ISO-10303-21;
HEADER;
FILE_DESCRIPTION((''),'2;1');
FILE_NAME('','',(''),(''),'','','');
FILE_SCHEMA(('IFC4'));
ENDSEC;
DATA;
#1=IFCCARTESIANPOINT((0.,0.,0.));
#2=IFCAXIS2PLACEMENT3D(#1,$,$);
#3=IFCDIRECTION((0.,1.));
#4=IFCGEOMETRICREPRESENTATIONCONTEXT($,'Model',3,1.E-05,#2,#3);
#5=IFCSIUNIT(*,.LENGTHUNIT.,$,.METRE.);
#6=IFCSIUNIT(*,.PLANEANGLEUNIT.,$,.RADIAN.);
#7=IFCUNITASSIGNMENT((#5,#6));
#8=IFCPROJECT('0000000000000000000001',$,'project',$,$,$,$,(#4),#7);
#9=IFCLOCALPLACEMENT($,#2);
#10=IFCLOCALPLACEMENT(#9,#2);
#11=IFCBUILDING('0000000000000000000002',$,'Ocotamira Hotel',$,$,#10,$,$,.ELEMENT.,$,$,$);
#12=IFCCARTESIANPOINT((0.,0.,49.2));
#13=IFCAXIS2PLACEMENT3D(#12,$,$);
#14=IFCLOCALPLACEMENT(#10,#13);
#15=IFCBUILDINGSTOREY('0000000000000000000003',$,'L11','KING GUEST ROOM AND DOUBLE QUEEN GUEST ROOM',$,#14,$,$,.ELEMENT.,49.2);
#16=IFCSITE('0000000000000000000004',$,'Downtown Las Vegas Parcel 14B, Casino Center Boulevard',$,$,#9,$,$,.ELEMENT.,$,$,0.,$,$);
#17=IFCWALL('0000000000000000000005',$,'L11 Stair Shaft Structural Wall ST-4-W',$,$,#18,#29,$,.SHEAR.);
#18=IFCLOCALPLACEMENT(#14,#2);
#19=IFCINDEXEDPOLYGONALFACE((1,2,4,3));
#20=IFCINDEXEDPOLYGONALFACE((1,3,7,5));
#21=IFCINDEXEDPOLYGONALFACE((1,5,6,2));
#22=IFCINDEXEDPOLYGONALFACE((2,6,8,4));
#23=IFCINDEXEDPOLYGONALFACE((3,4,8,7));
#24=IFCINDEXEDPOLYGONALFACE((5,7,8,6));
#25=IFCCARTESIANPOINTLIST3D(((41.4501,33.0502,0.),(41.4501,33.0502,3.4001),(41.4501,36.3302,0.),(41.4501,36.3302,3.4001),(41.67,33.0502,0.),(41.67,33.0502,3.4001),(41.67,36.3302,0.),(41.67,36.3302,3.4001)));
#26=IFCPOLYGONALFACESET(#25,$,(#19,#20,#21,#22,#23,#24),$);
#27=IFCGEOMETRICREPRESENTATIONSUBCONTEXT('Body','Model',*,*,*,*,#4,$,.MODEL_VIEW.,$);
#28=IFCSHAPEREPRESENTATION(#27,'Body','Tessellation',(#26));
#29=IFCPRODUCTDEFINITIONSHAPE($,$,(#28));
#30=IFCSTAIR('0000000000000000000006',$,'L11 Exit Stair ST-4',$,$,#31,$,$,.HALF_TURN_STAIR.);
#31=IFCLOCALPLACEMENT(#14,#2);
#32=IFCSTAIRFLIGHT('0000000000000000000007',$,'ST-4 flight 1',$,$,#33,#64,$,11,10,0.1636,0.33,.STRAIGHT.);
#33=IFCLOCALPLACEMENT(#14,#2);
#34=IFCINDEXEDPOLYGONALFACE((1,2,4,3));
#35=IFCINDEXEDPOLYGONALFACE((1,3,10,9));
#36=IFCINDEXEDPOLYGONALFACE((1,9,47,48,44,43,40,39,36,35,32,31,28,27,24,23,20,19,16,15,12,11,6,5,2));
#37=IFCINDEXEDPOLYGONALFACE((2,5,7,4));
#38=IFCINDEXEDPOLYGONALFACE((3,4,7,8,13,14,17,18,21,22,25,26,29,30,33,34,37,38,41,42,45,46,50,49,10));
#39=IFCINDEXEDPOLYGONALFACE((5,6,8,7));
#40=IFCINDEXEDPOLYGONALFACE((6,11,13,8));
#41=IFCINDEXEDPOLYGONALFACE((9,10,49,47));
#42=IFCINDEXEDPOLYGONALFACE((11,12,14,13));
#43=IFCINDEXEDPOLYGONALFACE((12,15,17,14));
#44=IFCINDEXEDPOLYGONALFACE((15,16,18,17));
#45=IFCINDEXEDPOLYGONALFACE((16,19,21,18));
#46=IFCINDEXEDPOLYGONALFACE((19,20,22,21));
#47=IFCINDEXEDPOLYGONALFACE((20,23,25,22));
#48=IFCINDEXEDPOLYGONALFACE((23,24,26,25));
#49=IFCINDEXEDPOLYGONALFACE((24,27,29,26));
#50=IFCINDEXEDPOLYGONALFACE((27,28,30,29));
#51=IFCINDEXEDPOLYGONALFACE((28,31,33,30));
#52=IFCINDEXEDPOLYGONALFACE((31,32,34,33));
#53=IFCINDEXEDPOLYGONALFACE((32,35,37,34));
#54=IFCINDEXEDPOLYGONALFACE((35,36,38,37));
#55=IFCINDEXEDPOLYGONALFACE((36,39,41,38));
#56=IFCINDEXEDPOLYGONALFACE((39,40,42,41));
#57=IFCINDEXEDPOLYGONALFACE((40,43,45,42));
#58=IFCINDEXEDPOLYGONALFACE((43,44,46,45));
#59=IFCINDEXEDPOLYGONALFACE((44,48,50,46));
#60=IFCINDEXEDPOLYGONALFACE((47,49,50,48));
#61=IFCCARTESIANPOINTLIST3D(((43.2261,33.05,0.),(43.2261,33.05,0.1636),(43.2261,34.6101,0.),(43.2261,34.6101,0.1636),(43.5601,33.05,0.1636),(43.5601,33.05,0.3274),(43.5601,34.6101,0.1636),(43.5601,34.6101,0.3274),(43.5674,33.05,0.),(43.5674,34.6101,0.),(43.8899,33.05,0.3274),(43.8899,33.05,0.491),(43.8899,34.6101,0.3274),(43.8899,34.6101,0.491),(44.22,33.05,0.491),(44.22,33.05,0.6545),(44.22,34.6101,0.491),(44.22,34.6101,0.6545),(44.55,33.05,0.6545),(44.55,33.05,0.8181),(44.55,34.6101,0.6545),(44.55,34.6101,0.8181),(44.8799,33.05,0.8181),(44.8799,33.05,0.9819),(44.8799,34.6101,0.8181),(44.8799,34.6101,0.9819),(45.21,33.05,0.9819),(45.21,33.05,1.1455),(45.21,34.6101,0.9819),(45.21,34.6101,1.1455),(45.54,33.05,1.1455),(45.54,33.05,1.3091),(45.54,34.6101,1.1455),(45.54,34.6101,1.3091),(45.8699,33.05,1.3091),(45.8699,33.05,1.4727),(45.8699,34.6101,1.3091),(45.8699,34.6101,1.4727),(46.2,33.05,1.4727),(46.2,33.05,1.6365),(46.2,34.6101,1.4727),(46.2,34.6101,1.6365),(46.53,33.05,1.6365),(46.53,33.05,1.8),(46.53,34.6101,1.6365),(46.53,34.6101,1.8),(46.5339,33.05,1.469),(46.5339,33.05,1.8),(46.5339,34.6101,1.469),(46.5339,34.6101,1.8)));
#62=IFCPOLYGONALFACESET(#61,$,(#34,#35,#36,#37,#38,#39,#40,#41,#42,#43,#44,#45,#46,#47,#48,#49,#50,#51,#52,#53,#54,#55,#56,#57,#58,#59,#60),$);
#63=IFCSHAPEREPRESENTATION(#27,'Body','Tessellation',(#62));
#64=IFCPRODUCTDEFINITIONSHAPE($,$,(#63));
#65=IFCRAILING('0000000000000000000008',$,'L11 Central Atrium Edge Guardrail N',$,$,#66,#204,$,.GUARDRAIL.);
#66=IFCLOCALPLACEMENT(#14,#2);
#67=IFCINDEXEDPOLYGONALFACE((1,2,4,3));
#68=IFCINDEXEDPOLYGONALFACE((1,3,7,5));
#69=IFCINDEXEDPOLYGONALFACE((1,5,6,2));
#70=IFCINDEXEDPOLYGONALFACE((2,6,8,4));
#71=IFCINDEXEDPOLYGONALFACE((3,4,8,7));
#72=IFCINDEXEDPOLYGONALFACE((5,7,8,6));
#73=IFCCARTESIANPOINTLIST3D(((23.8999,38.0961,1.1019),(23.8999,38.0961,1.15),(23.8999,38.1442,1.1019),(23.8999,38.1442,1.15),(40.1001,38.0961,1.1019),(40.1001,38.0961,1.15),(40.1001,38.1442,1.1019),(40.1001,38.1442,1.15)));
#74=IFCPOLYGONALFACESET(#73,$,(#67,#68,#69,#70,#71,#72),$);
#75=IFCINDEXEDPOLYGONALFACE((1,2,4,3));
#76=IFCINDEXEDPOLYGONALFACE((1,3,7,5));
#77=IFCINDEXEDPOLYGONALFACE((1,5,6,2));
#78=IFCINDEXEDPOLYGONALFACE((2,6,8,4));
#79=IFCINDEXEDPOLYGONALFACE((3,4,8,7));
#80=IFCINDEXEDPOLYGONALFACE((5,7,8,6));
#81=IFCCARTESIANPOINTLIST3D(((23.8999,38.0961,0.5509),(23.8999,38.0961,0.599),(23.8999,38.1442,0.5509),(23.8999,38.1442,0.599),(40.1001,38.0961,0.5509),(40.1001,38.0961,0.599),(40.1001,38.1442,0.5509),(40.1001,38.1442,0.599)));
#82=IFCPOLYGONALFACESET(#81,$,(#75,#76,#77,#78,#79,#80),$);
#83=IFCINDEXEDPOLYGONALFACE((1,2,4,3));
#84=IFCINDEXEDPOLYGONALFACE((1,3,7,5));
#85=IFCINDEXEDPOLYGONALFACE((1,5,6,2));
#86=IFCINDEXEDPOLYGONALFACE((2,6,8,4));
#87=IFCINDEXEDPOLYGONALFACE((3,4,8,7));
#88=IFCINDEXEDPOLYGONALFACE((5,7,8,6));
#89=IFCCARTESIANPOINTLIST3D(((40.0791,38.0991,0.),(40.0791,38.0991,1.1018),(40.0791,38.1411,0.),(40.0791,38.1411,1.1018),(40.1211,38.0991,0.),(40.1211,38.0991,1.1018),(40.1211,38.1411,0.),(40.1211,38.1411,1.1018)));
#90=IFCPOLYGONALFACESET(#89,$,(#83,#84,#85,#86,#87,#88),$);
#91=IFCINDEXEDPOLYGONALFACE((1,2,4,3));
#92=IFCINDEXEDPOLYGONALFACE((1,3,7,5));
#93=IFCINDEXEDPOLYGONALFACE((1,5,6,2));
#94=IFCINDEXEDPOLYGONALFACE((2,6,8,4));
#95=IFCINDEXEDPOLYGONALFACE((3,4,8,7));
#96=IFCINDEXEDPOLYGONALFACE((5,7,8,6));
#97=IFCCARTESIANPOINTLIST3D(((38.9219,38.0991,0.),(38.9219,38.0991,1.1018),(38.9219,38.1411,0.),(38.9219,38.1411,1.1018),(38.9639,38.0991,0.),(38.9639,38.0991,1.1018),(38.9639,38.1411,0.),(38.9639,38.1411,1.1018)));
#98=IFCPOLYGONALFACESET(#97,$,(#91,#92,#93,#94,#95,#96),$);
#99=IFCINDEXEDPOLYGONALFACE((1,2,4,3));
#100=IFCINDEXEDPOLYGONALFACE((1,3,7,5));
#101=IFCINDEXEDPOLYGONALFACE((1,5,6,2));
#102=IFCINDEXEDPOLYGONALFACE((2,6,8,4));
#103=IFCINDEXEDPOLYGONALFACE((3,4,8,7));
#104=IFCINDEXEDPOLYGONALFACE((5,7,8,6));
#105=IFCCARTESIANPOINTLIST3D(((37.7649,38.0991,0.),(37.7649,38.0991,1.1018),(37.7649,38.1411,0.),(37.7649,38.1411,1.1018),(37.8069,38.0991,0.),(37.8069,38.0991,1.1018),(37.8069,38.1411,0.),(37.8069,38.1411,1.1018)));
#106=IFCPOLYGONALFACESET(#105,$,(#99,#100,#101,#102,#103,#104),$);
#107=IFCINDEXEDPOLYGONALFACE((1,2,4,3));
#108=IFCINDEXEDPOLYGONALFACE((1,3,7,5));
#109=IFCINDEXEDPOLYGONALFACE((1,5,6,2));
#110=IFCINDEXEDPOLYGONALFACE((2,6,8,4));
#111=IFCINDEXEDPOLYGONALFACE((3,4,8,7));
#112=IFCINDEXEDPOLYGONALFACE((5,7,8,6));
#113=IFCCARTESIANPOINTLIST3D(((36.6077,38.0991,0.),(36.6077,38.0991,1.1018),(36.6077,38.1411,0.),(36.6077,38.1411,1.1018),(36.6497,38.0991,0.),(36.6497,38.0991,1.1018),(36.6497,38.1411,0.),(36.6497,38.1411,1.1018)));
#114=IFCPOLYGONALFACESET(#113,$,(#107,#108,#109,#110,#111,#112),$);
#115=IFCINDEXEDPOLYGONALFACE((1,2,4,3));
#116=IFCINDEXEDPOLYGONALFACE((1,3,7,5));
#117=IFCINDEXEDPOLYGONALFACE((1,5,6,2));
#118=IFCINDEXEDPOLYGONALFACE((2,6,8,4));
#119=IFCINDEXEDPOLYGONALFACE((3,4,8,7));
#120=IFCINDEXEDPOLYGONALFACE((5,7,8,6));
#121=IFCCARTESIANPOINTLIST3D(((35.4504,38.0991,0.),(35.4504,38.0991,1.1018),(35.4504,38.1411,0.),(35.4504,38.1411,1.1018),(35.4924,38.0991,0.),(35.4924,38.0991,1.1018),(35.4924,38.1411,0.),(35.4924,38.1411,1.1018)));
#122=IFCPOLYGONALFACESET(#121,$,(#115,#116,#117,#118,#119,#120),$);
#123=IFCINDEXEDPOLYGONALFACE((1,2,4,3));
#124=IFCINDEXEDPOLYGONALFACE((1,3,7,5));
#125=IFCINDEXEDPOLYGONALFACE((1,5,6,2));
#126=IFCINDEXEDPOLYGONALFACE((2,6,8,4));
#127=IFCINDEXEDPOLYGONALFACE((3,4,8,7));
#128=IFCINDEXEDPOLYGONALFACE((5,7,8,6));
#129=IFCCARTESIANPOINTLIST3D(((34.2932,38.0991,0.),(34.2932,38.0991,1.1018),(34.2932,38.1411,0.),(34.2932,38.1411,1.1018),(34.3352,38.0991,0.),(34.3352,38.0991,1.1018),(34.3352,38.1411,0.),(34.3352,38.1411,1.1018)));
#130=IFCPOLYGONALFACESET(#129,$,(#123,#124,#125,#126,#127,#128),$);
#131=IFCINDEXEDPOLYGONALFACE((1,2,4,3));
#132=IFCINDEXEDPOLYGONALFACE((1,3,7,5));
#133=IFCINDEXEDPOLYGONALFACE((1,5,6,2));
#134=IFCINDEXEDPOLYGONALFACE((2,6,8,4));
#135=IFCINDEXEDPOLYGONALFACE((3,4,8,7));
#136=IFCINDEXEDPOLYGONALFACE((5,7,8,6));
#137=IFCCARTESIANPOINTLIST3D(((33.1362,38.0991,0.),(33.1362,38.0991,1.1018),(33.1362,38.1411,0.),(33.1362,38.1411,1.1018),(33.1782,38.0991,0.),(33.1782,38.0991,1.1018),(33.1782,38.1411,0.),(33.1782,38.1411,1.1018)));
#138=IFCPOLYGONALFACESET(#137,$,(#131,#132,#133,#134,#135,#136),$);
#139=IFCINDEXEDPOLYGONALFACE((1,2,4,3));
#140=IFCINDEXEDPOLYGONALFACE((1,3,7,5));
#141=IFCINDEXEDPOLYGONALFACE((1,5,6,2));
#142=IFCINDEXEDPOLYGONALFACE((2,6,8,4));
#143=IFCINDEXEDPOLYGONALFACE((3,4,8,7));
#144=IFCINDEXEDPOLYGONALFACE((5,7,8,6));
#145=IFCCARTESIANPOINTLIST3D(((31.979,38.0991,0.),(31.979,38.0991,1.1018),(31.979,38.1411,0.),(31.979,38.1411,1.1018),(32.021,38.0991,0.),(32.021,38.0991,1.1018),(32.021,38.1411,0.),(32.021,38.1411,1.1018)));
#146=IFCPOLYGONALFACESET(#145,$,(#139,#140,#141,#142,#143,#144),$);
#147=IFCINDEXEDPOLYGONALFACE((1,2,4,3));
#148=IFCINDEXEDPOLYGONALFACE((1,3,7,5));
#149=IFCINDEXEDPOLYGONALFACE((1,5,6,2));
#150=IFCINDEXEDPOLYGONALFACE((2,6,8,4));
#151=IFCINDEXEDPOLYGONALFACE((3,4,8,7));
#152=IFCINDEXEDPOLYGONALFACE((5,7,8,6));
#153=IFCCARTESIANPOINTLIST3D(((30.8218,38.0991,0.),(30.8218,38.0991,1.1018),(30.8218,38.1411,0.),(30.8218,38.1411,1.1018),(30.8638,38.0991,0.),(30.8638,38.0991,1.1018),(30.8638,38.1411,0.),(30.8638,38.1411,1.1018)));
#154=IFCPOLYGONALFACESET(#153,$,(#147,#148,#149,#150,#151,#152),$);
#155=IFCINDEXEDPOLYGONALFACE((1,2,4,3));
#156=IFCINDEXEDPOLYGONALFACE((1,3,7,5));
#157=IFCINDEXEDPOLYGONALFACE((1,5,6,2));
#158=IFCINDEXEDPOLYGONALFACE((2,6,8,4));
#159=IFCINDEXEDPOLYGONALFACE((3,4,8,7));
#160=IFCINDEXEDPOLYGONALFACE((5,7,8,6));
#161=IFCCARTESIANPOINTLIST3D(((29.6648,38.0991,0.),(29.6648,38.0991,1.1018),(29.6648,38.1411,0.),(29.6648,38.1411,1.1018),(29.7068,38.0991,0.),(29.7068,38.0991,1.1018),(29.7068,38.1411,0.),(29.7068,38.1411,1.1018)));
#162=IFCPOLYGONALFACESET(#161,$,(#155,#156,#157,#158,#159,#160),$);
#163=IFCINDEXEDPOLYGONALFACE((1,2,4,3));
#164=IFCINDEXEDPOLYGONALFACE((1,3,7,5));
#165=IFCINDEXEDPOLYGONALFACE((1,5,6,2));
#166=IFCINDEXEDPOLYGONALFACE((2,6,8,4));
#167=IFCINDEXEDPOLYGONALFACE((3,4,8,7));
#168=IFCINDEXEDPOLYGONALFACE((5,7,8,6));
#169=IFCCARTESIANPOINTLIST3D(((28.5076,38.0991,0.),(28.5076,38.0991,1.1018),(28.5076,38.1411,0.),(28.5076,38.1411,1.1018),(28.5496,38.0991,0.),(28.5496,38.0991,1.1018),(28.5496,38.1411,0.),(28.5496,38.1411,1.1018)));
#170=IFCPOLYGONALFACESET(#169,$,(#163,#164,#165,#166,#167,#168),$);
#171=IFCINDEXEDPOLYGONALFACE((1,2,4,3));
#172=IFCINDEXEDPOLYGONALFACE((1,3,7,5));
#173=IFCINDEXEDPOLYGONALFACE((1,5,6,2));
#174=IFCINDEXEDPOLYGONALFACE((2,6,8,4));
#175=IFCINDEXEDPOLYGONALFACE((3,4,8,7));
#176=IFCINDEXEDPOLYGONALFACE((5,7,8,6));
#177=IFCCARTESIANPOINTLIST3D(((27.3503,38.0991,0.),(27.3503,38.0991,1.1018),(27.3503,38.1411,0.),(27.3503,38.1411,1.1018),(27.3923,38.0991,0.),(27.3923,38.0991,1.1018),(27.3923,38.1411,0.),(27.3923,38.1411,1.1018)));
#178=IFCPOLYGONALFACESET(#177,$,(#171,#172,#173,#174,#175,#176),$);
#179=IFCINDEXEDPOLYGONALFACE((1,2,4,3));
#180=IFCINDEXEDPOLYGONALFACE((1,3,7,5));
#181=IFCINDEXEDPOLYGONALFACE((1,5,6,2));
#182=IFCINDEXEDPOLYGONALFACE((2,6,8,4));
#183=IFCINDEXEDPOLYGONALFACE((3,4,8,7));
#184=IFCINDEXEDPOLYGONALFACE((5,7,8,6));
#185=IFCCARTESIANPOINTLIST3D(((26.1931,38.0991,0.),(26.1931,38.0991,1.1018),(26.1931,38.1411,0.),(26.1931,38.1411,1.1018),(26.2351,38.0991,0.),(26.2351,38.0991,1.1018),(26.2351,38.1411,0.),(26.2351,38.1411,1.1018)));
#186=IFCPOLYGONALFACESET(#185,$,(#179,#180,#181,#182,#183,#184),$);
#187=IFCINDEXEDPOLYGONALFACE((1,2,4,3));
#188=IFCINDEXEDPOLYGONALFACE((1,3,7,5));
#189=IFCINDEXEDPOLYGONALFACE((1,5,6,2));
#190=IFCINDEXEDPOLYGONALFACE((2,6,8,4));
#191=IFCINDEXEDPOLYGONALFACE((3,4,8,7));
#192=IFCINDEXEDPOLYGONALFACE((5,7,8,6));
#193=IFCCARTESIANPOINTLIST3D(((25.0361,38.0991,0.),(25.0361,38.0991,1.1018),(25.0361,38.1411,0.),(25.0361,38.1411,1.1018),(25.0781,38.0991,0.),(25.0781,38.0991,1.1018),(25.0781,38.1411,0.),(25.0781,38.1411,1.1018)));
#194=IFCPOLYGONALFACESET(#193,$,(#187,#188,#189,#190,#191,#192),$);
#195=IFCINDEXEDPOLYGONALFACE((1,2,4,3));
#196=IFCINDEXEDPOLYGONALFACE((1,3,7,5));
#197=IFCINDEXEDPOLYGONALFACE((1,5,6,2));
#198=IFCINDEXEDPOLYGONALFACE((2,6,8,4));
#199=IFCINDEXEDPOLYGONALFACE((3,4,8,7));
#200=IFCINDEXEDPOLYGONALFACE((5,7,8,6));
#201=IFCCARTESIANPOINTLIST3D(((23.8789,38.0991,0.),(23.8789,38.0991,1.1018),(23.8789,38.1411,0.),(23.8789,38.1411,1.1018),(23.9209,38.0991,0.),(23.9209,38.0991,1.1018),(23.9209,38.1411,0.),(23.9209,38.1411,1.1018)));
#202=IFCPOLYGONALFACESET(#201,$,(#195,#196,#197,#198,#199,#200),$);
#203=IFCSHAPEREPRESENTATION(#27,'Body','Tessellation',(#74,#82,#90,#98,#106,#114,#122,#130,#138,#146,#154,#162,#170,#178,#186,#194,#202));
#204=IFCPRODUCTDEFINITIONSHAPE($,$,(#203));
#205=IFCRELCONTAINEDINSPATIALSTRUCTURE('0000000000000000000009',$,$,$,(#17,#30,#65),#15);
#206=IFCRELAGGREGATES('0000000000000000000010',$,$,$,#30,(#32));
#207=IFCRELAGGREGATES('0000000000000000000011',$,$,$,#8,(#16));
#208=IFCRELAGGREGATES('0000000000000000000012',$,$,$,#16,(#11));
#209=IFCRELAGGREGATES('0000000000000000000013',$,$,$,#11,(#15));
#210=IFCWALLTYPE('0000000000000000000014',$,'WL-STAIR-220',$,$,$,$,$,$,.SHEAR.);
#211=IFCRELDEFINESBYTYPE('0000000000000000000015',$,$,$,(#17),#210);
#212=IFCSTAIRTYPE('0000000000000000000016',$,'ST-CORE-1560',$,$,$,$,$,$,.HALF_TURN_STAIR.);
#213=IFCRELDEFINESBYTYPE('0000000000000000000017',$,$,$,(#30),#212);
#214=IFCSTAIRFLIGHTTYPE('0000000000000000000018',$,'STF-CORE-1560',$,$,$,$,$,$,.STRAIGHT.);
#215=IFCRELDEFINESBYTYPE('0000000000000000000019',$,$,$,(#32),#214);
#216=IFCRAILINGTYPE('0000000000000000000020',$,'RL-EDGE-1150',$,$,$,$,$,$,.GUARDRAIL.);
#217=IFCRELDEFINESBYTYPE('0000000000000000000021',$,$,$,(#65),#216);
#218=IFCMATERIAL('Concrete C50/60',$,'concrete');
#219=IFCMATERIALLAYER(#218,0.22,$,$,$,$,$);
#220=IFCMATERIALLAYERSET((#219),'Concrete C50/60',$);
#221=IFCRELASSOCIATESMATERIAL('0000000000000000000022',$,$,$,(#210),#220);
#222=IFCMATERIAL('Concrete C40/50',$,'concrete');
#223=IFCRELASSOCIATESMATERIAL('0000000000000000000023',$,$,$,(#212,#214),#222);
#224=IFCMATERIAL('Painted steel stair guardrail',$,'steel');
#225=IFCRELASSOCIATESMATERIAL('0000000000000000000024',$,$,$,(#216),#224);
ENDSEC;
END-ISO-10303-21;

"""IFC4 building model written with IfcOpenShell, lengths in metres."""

from ifc_helpers import new_model, si_unit, direction, frame, frame_2d, origin, origin_2d, place, context, subcontext, project, spatial, polyline, rectangle, outline, extrude, source, transform, mapped, material, layer, layer_set, type_object, element, aggregate, save


model = new_model("IFC4")

# Units and contexts
model_context = context("Model", 3, precision=1e-05, world=origin(), true_north=direction((0.0, 1.0)))
body_context = subcontext(model_context, "Body", "Model", "MODEL_VIEW")
ifc_project = project(units=[si_unit("LENGTHUNIT", "METRE"), si_unit("PLANEANGLEUNIT", "RADIAN")], contexts=[model_context])

# Site, building, storey
site_placement = place(None, origin())
site = spatial("IfcSite", under=ifc_project, at=site_placement, Name="Downtown Las Vegas Parcel 14B, Casino Center Boulevard", CompositionType="ELEMENT", RefElevation=0.0)
building_placement = place(site_placement, origin())
building = spatial("IfcBuilding", under=site, at=building_placement, Name="Ocotamira Hotel", CompositionType="ELEMENT")
storey_placement = place(building_placement, frame((0.0, 0.0, 49.2)))
storey = spatial("IfcBuildingStorey", under=building, at=storey_placement, Name="L11", Description="KING GUEST ROOM AND DOUBLE QUEEN GUEST ROOM", CompositionType="ELEMENT", Elevation=49.2)

# Shared definitions
ifc_material_1 = material(Name="Concrete C50/60", Category="concrete")
ifc_layer_1 = layer(ifc_material_1, 0.22)
ifc_layer_set_1 = layer_set([ifc_layer_1], Name="Concrete C50/60")
wall_type_1 = type_object("IfcWallType", Name="WL-STAIR-220", PredefinedType="SHEAR", material=ifc_layer_set_1)

# Wall
wall_1_placement = place(storey_placement, frame((41.5601, 33.05, 0.0), z_axis=(0.0, 0.0, 1.0), x_axis=(0.0, 1.0, 0.0)))
element("IfcWall", 1, at=wall_1_placement, inside=storey, type_object=wall_type_1, Name="L11 Stair Shaft Structural Wall ST-4-W", PredefinedType="SHEAR", context=body_context, shape_type="SweptSolid", body=[
    extrude(rectangle(XDim=3.28, YDim=0.22, at=frame_2d((1.6401, 0.0))), origin(), (0.0, 0.0, 1.0), 3.4001),
])

# Stair, stair flight
ifc_material_2 = material(Name="Concrete C40/50", Category="concrete")
stair_type = type_object("IfcStairType", Name="ST-CORE-1560", PredefinedType="HALF_TURN_STAIR", material=ifc_material_2)
stair_placement = place(storey_placement, origin())
stair = element("IfcStair", 2, at=stair_placement, inside=storey, type_object=stair_type, Name="L11 Exit Stair ST-4", PredefinedType="HALF_TURN_STAIR")
stair_flight_type = type_object("IfcStairFlightType", Name="STF-CORE-1560", PredefinedType="STRAIGHT", material=ifc_material_2)
shared_shape_1 = source(origin(), body_context, "Body", "SweptSolid", [
    extrude(outline(polyline([(-0.0039, 0.0), (-0.0039, 0.1636), (0.3301, 0.1636), (0.3301, 0.3274), (0.6599, 0.3274), (0.6599, 0.491), (0.99, 0.491), (0.99, 0.6545), (1.3201, 0.6545), (1.3201, 0.8181), (1.6499, 0.8181), (1.6499, 0.9819), (1.98, 0.9819), (1.98, 1.1455), (2.3101, 1.1455), (2.3101, 1.3091), (2.6399, 1.3091), (2.6399, 1.4727), (2.97, 1.4727), (2.97, 1.6365), (3.3, 1.6365), (3.3, 1.8), (3.304, 1.8), (3.304, 1.469), (0.3374, 0.0), (-0.0039, 0.0)])), frame((0.0, 0.78, 0.0), z_axis=(0.0, -1.0, 0.0), x_axis=(1.0, 0.0, 0.0)), (0.0, 0.0, 1.0), 1.5601),
])
stair_flight_placement = place(storey_placement, frame((43.23, 33.8301, 0.0), z_axis=(0.0, 0.0, 1.0), x_axis=(1.0, 0.0, 0.0)))
stair_flight = element("IfcStairFlight", 3, at=stair_flight_placement, type_object=stair_flight_type, Name="ST-4 flight 1", NumberOfRisers=11, NumberOfTreads=10, PredefinedType="STRAIGHT", RiserHeight=0.1636, TreadLength=0.33, context=body_context, shape_type="MappedRepresentation", body=[
    mapped(shared_shape_1, transform((0.0, 0.0, 0.0), scale=1.0)),
])
aggregate(stair, [stair_flight])

# Railing
ifc_material_3 = material(Name="Painted steel stair guardrail", Category="steel")
railing_type_1 = type_object("IfcRailingType", Name="RL-EDGE-1150", PredefinedType="GUARDRAIL", material=ifc_material_3)
railing_1_placement = place(storey_placement, frame((40.1001, 38.1201, 0.0)))
element("IfcRailing", 4, at=railing_1_placement, inside=storey, type_object=railing_type_1, Name="L11 Central Atrium Edge Guardrail N", PredefinedType="GUARDRAIL", context=body_context, shape_type="SweptSolid", body=[
    extrude(rectangle(XDim=0.0481, YDim=0.0481, at=origin_2d()), frame((0.0, 0.0, 1.126), z_axis=(-1.0, 0.0, 0.0), x_axis=(0.0, -1.0, 0.0)), (0.0, 0.0, 1.0), 16.2002),
    extrude(rectangle(XDim=0.0481, YDim=0.0481, at=origin_2d()), frame((0.0, 0.0, 0.575), z_axis=(-1.0, 0.0, 0.0), x_axis=(0.0, -1.0, 0.0)), (0.0, 0.0, 1.0), 16.2002),
    extrude(rectangle(XDim=0.042, YDim=0.042, at=origin_2d()), origin(), (0.0, 0.0, 1.0), 1.1018),
    extrude(rectangle(XDim=0.042, YDim=0.042, at=origin_2d()), frame((-1.1572, 0.0, 0.0)), (0.0, 0.0, 1.0), 1.1018),
    extrude(rectangle(XDim=0.042, YDim=0.042, at=origin_2d()), frame((-2.3142, 0.0, 0.0)), (0.0, 0.0, 1.0), 1.1018),
    extrude(rectangle(XDim=0.042, YDim=0.042, at=origin_2d()), frame((-3.4714, 0.0, 0.0)), (0.0, 0.0, 1.0), 1.1018),
    extrude(rectangle(XDim=0.042, YDim=0.042, at=origin_2d()), frame((-4.6287, 0.0, 0.0)), (0.0, 0.0, 1.0), 1.1018),
    extrude(rectangle(XDim=0.042, YDim=0.042, at=origin_2d()), frame((-5.7859, 0.0, 0.0)), (0.0, 0.0, 1.0), 1.1018),
    extrude(rectangle(XDim=0.042, YDim=0.042, at=origin_2d()), frame((-6.9429, 0.0, 0.0)), (0.0, 0.0, 1.0), 1.1018),
    extrude(rectangle(XDim=0.042, YDim=0.042, at=origin_2d()), frame((-8.1001, 0.0, 0.0)), (0.0, 0.0, 1.0), 1.1018),
    extrude(rectangle(XDim=0.042, YDim=0.042, at=origin_2d()), frame((-9.2573, 0.0, 0.0)), (0.0, 0.0, 1.0), 1.1018),
    extrude(rectangle(XDim=0.042, YDim=0.042, at=origin_2d()), frame((-10.4143, 0.0, 0.0)), (0.0, 0.0, 1.0), 1.1018),
    extrude(rectangle(XDim=0.042, YDim=0.042, at=origin_2d()), frame((-11.5715, 0.0, 0.0)), (0.0, 0.0, 1.0), 1.1018),
    extrude(rectangle(XDim=0.042, YDim=0.042, at=origin_2d()), frame((-12.7288, 0.0, 0.0)), (0.0, 0.0, 1.0), 1.1018),
    extrude(rectangle(XDim=0.042, YDim=0.042, at=origin_2d()), frame((-13.886, 0.0, 0.0)), (0.0, 0.0, 1.0), 1.1018),
    extrude(rectangle(XDim=0.042, YDim=0.042, at=origin_2d()), frame((-15.043, 0.0, 0.0)), (0.0, 0.0, 1.0), 1.1018),
    extrude(rectangle(XDim=0.042, YDim=0.042, at=origin_2d()), frame((-16.2002, 0.0, 0.0)), (0.0, 0.0, 1.0), 1.1018),
])

save(model, "model.ifc")
